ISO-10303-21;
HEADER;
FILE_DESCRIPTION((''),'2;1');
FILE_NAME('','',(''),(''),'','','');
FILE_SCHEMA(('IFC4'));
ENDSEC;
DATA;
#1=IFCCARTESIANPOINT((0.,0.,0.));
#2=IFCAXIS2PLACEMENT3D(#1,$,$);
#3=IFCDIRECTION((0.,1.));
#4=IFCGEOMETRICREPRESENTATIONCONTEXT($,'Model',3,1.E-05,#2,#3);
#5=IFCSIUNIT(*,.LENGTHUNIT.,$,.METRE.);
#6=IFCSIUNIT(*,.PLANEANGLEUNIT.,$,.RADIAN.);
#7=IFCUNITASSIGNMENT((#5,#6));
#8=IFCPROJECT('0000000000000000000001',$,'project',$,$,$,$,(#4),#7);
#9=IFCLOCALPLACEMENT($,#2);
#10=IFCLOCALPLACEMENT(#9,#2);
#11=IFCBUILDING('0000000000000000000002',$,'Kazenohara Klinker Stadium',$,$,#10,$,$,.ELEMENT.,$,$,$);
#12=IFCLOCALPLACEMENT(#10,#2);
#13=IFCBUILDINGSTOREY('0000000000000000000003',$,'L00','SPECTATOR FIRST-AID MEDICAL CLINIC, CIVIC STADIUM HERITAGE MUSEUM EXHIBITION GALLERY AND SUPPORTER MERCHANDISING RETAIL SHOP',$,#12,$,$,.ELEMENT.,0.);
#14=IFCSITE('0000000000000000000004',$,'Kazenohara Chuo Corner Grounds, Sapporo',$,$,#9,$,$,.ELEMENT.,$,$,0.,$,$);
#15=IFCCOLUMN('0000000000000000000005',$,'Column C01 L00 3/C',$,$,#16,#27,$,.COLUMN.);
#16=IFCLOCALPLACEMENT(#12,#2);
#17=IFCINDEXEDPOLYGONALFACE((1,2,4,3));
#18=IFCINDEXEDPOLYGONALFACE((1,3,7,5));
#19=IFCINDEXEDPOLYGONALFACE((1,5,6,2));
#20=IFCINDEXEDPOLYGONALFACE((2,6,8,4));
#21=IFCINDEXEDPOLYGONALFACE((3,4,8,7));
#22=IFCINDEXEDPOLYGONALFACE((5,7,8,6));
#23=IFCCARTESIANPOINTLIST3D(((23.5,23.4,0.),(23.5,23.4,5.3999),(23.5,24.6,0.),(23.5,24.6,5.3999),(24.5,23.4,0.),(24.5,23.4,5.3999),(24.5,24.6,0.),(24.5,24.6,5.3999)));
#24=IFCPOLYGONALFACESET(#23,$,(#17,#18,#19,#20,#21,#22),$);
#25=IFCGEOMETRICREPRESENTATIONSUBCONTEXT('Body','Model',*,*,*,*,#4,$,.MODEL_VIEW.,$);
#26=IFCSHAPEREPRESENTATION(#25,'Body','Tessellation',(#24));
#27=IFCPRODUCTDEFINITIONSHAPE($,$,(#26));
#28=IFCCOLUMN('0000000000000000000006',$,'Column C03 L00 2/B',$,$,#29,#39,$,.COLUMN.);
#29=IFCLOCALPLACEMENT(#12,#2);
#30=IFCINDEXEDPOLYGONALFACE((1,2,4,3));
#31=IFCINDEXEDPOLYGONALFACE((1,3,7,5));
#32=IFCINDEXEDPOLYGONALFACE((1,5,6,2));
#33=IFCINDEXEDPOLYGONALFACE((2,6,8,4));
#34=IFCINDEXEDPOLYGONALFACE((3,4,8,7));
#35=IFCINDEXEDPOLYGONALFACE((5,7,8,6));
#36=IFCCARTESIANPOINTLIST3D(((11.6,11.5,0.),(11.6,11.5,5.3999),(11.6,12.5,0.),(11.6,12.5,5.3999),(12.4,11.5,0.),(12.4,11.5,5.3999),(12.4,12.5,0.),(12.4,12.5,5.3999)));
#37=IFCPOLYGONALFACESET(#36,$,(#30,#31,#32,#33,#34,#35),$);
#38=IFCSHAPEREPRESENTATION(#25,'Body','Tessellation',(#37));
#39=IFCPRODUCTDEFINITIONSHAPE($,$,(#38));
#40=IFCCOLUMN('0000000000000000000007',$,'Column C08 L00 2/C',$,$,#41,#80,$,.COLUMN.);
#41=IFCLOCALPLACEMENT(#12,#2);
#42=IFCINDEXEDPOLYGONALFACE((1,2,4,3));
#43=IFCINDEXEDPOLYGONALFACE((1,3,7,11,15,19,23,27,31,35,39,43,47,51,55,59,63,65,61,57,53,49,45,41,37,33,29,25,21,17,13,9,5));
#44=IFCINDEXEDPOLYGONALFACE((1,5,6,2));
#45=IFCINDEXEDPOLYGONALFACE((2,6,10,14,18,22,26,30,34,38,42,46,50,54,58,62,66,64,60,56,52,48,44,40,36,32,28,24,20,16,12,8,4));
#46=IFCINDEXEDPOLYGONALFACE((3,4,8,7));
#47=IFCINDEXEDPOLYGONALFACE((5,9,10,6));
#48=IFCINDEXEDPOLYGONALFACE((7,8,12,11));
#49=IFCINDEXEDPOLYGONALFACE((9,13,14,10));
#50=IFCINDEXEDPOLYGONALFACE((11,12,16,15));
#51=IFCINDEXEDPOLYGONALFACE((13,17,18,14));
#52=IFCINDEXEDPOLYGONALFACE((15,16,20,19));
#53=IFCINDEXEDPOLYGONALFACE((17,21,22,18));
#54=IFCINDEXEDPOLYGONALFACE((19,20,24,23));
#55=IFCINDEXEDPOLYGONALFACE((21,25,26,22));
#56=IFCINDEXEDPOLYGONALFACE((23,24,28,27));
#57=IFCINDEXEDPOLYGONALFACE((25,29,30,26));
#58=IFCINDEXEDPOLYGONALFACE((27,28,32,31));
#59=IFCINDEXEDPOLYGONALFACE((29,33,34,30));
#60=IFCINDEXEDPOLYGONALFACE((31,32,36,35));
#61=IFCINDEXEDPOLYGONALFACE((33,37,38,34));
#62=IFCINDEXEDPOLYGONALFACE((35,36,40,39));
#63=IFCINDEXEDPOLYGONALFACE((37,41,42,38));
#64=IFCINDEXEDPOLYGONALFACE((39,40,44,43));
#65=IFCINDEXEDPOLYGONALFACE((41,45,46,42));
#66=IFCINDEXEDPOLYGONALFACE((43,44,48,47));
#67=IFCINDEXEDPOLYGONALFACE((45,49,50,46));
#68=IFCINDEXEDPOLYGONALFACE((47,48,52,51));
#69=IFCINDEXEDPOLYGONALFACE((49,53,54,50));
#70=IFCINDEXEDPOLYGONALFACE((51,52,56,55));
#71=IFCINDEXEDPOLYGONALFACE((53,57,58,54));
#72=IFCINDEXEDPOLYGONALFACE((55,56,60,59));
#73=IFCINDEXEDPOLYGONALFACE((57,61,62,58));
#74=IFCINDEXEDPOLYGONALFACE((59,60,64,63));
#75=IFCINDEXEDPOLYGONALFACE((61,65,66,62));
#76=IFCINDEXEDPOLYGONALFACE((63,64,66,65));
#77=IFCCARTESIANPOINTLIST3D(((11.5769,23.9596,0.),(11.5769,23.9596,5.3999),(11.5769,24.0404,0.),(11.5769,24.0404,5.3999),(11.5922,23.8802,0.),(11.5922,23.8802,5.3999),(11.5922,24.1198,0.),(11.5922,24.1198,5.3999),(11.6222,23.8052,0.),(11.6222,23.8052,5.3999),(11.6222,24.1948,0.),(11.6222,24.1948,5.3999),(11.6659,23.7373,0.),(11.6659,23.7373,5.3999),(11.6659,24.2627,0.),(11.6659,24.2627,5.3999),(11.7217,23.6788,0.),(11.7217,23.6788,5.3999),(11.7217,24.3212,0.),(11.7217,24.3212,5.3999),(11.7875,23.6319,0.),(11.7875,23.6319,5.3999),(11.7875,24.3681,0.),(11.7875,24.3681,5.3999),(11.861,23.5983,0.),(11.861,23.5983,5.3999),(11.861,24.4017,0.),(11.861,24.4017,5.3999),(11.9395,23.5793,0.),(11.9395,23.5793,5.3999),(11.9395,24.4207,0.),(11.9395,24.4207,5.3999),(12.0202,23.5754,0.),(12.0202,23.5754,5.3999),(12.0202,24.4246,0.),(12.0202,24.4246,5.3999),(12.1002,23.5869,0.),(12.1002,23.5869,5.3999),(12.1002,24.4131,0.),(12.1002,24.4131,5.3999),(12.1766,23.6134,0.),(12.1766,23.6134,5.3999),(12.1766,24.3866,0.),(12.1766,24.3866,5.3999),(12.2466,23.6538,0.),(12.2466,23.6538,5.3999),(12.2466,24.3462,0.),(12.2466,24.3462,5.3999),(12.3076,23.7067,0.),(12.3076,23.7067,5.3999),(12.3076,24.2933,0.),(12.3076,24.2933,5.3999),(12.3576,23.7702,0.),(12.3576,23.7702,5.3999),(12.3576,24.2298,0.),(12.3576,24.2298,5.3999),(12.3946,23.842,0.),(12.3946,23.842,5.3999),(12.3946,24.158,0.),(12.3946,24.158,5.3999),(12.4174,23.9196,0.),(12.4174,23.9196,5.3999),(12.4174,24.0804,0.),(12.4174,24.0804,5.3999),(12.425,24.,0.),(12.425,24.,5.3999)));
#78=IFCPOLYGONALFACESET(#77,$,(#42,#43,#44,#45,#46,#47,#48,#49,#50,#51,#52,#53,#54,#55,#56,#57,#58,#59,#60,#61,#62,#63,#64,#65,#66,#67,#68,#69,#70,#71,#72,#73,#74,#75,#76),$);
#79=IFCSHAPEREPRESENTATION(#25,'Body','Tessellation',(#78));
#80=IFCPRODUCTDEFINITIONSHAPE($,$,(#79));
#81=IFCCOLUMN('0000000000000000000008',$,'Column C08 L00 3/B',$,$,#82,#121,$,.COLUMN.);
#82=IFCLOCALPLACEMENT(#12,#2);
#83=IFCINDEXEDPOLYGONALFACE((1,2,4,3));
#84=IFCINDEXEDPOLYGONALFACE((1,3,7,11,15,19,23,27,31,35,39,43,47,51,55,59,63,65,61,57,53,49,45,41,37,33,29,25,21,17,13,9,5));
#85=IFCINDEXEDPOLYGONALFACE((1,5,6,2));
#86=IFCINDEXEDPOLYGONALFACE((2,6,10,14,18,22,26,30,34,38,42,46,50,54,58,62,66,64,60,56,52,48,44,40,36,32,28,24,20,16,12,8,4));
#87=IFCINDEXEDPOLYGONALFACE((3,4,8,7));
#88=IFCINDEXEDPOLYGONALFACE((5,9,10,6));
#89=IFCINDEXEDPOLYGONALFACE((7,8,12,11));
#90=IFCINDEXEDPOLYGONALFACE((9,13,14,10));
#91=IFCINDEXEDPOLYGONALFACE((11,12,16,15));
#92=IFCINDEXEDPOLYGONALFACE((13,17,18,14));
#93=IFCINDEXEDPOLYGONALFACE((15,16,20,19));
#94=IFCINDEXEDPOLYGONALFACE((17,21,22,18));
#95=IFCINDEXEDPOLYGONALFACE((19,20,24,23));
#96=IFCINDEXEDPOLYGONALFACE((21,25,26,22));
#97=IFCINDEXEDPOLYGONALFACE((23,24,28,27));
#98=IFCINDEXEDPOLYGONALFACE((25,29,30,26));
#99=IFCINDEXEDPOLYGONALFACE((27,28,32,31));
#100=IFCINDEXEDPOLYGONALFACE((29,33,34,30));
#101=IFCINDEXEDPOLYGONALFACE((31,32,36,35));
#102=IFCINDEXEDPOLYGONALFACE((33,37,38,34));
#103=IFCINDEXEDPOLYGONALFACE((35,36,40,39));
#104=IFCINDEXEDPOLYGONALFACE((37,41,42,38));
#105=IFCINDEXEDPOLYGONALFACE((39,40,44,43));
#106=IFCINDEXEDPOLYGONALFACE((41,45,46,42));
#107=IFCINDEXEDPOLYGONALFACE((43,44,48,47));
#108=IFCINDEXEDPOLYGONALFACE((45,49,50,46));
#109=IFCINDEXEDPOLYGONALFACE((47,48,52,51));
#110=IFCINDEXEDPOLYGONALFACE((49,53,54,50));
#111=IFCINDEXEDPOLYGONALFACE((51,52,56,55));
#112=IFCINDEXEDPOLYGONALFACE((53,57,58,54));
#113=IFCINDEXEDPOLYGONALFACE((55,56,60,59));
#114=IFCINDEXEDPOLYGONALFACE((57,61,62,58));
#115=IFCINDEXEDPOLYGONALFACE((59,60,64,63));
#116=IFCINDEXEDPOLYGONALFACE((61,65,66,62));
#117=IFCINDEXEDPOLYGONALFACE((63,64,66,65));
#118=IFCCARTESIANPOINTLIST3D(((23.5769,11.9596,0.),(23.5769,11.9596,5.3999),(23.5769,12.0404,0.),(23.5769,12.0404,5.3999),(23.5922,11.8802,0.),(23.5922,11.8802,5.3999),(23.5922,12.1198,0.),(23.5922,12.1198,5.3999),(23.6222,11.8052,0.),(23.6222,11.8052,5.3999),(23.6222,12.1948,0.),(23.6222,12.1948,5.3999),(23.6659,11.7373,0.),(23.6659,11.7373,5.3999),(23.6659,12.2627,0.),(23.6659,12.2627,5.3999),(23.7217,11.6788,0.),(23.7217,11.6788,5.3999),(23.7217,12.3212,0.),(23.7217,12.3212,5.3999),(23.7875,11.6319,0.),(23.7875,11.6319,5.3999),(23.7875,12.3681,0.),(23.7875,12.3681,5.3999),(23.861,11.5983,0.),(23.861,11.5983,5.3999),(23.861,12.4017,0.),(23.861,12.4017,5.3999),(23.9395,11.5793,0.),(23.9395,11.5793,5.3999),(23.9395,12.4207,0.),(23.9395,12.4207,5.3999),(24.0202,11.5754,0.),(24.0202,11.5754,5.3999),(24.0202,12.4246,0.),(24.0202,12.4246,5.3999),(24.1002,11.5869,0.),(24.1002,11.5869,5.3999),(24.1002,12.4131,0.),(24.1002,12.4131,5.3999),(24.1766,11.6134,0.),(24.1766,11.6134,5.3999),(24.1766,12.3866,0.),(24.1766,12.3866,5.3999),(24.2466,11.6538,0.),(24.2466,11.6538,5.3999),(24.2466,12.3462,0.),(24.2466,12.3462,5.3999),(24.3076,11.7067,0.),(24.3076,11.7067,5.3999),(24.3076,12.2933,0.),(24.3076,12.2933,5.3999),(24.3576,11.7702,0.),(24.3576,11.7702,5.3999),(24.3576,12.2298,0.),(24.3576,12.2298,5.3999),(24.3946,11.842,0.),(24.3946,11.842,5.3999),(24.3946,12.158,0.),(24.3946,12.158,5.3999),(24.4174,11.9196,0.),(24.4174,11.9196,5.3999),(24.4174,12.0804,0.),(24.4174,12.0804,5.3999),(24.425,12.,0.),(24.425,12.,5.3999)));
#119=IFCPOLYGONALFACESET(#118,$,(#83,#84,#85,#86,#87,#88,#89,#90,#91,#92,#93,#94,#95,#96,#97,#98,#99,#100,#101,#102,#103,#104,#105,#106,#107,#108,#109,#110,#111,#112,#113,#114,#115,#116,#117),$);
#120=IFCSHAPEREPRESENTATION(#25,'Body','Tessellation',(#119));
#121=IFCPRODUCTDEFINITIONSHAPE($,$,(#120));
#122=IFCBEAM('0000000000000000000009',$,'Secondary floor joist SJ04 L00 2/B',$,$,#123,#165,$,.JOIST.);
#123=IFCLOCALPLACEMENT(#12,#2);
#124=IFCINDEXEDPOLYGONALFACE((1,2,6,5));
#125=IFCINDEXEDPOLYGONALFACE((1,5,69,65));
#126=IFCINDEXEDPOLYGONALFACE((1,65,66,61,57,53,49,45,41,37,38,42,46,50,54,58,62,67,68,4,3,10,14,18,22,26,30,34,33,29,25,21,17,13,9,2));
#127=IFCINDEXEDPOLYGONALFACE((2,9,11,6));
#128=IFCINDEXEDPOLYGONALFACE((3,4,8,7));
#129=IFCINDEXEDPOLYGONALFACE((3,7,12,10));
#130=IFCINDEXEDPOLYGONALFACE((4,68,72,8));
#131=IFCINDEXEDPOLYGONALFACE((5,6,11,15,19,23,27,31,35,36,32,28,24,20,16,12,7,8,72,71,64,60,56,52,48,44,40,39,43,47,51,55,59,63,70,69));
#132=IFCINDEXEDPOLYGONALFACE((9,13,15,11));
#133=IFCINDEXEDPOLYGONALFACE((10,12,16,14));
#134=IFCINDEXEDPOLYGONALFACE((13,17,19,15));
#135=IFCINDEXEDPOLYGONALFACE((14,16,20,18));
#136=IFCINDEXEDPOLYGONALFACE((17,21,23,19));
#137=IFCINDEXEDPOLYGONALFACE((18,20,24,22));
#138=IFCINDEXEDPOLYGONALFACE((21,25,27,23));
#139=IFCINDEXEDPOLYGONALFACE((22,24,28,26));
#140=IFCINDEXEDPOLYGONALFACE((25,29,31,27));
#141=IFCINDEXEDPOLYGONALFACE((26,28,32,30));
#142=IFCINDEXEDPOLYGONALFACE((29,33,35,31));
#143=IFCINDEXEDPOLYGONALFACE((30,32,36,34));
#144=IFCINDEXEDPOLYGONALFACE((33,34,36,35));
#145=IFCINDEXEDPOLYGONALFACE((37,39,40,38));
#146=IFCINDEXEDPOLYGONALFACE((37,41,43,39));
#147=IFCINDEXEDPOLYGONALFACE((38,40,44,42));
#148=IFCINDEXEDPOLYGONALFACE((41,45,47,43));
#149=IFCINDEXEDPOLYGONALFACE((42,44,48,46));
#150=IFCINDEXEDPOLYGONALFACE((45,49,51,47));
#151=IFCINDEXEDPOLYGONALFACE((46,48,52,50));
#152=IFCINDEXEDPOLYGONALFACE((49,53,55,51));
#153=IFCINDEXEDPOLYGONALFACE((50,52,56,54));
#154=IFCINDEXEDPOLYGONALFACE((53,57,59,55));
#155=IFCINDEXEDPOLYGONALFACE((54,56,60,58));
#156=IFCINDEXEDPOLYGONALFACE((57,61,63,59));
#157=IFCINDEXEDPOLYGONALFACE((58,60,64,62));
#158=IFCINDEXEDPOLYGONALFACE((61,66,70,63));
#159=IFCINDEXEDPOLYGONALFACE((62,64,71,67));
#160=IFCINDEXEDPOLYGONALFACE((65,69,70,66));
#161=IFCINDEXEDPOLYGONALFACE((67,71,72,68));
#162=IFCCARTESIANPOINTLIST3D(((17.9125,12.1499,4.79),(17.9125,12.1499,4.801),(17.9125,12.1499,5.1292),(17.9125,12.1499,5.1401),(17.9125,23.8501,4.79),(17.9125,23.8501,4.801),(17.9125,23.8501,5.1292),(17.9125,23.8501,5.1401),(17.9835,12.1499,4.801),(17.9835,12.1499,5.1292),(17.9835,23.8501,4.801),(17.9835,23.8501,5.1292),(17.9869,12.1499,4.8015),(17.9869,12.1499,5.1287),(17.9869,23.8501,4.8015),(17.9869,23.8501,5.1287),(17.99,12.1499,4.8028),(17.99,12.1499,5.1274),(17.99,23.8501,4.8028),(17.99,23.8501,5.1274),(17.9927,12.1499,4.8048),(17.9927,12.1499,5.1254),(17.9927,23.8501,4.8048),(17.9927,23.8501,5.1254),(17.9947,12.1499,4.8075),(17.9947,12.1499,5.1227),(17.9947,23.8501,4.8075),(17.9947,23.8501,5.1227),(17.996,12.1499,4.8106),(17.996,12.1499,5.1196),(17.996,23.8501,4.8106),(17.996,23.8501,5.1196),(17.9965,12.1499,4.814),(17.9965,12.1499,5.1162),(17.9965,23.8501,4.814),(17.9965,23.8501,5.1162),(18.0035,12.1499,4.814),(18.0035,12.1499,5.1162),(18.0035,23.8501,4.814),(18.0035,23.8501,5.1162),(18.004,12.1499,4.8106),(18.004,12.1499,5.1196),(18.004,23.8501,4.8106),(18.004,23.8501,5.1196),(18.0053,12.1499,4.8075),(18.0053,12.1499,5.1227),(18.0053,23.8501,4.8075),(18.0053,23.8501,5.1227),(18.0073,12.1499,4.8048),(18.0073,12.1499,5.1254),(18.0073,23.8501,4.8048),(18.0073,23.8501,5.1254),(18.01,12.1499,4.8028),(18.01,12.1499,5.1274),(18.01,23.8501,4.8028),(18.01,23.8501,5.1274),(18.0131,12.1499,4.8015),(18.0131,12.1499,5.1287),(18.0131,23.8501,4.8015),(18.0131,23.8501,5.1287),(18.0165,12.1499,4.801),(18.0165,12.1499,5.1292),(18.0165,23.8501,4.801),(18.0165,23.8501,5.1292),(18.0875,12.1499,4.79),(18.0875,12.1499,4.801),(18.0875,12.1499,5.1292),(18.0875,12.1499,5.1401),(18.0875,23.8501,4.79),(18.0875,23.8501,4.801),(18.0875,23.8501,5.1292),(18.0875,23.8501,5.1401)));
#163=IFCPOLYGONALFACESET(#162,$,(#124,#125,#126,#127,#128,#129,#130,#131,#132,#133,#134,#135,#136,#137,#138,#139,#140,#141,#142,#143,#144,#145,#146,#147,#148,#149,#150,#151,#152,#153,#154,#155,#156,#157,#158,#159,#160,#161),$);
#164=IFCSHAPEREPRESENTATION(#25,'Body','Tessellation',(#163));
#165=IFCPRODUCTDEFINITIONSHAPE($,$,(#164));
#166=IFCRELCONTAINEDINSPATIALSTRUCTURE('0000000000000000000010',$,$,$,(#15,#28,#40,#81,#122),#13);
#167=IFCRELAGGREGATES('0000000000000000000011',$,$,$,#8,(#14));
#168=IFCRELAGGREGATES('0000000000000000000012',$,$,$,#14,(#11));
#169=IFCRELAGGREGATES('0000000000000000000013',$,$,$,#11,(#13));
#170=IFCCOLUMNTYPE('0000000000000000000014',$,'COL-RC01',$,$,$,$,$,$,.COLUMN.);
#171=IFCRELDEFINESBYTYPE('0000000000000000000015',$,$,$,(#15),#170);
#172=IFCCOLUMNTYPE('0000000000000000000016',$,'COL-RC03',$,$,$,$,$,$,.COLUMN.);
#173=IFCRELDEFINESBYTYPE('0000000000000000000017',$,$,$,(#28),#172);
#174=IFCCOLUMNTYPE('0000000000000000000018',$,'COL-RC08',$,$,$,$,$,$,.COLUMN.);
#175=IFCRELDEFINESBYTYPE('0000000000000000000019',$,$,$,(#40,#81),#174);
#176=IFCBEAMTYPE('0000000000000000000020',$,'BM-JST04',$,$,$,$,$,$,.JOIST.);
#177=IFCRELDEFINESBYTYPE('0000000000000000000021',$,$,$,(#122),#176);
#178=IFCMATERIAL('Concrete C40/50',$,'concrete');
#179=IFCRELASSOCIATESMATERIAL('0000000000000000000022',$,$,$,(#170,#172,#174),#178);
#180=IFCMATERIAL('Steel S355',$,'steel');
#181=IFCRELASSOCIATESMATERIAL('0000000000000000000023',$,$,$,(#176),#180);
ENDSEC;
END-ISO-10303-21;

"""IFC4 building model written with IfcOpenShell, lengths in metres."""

from ifc_helpers import new_model, si_unit, direction, frame, origin, origin_2d, place, context, subcontext, project, spatial, rectangle, circle, i_section, extrude, material, material_profile, profile_set, type_object, element, save


model = new_model("IFC4")

# Units and contexts
model_context = context("Model", 3, precision=1e-05, world=origin(), true_north=direction((0.0, 1.0)))
body_context = subcontext(model_context, "Body", "Model", "MODEL_VIEW")
ifc_project = project(units=[si_unit("LENGTHUNIT", "METRE"), si_unit("PLANEANGLEUNIT", "RADIAN")], contexts=[model_context])

# Site, building, storey
site_placement = place(None, origin())
site = spatial("IfcSite", under=ifc_project, at=site_placement, Name="Kazenohara Chuo Corner Grounds, Sapporo", CompositionType="ELEMENT", RefElevation=0.0)
building_placement = place(site_placement, origin())
building = spatial("IfcBuilding", under=site, at=building_placement, Name="Kazenohara Klinker Stadium", CompositionType="ELEMENT")
storey_placement = place(building_placement, origin())
storey = spatial("IfcBuildingStorey", under=building, at=storey_placement, Name="L00", Description="SPECTATOR FIRST-AID MEDICAL CLINIC, CIVIC STADIUM HERITAGE MUSEUM EXHIBITION GALLERY AND SUPPORTER MERCHANDISING RETAIL SHOP", CompositionType="ELEMENT", Elevation=0.0)

# Columns
ifc_material_1 = material(Name="Concrete C40/50", Category="concrete")
ifc_material_profile_1 = material_profile(ifc_material_1, rectangle(XDim=1.0, YDim=1.2, at=origin_2d()), Name="RC-COL-1200x1000")
ifc_profile_set_1 = profile_set([ifc_material_profile_1], Name="Concrete C40/50")
column_type_1 = type_object("IfcColumnType", Name="COL-RC01", PredefinedType="COLUMN", material=ifc_profile_set_1)
column_1_placement = place(storey_placement, frame((24.0, 24.0, 0.0), z_axis=(0.0, 0.0, 1.0), x_axis=(1.0, 0.0, 0.0)))
element("IfcColumn", 1, at=column_1_placement, inside=storey, type_object=column_type_1, Name="Column C01 L00 3/C", PredefinedType="COLUMN", context=body_context, shape_type="SweptSolid", body=[
    extrude(rectangle(XDim=1.0, YDim=1.2, at=origin_2d()), origin(), (0.0, 0.0, 1.0), 5.3999),
])
ifc_material_profile_2 = material_profile(ifc_material_1, rectangle(XDim=0.8, YDim=1.0, at=origin_2d()), Name="RC-COL-1000x800")
ifc_profile_set_2 = profile_set([ifc_material_profile_2], Name="Concrete C40/50")
column_type_2 = type_object("IfcColumnType", Name="COL-RC03", PredefinedType="COLUMN", material=ifc_profile_set_2)
column_2_placement = place(storey_placement, frame((12.0, 12.0, 0.0), z_axis=(0.0, 0.0, 1.0), x_axis=(1.0, 0.0, 0.0)))
element("IfcColumn", 2, at=column_2_placement, inside=storey, type_object=column_type_2, Name="Column C03 L00 2/B", PredefinedType="COLUMN", context=body_context, shape_type="SweptSolid", body=[
    extrude(rectangle(XDim=0.8, YDim=1.0, at=origin_2d()), origin(), (0.0, 0.0, 1.0), 5.3999),
])
ifc_material_profile_3 = material_profile(ifc_material_1, circle(Radius=0.425, at=origin_2d()), Name="RC-COL-D850")
ifc_profile_set_3 = profile_set([ifc_material_profile_3], Name="Concrete C40/50")
column_type_3 = type_object("IfcColumnType", Name="COL-RC08", PredefinedType="COLUMN", material=ifc_profile_set_3)
for number, where, z_axis, x_axis, name in (
    (3, (12.0, 24.0, 0.0), (0.0, 0.0, 1.0), (1.0, 0.0, 0.0), "Column C08 L00 2/C"),
    (4, (24.0, 12.0, 0.0), (0.0, 0.0, 1.0), (1.0, 0.0, 0.0), "Column C08 L00 3/B"),
):
    element("IfcColumn", number, at=place(storey_placement, frame(where, z_axis=z_axis, x_axis=x_axis)), inside=storey, type_object=column_type_3, Name=name, PredefinedType="COLUMN", context=body_context, shape_type="SweptSolid", body=[
        extrude(circle(Radius=0.425, at=origin_2d()), origin(), (0.0, 0.0, 1.0), 5.3999),
    ])

# Beam
ifc_material_2 = material(Name="Steel S355", Category="steel")
ifc_material_profile_4 = material_profile(ifc_material_2, i_section(OverallWidth=0.175, OverallDepth=0.3501, WebThickness=0.0071, FlangeThickness=0.011, FilletRadius=0.0129, at=origin_2d()), Name="H-350x175x7x11")
ifc_profile_set_4 = profile_set([ifc_material_profile_4], Name="Steel S355")
beam_type_1 = type_object("IfcBeamType", Name="BM-JST04", PredefinedType="JOIST", material=ifc_profile_set_4)
beam_1_placement = place(storey_placement, frame((18.0, 12.1499, 4.9651), z_axis=(0.0, 1.0, 0.0), x_axis=(-1.0, 0.0, 0.0)))
element("IfcBeam", 5, at=beam_1_placement, inside=storey, type_object=beam_type_1, Name="Secondary floor joist SJ04 L00 2/B", PredefinedType="JOIST", context=body_context, shape_type="SweptSolid", body=[
    extrude(i_section(OverallWidth=0.175, OverallDepth=0.3501, WebThickness=0.0071, FlangeThickness=0.011, FilletRadius=0.0129, at=origin_2d()), origin(), (0.0, 0.0, 1.0), 11.7002),
])

save(model, "model.ifc")
